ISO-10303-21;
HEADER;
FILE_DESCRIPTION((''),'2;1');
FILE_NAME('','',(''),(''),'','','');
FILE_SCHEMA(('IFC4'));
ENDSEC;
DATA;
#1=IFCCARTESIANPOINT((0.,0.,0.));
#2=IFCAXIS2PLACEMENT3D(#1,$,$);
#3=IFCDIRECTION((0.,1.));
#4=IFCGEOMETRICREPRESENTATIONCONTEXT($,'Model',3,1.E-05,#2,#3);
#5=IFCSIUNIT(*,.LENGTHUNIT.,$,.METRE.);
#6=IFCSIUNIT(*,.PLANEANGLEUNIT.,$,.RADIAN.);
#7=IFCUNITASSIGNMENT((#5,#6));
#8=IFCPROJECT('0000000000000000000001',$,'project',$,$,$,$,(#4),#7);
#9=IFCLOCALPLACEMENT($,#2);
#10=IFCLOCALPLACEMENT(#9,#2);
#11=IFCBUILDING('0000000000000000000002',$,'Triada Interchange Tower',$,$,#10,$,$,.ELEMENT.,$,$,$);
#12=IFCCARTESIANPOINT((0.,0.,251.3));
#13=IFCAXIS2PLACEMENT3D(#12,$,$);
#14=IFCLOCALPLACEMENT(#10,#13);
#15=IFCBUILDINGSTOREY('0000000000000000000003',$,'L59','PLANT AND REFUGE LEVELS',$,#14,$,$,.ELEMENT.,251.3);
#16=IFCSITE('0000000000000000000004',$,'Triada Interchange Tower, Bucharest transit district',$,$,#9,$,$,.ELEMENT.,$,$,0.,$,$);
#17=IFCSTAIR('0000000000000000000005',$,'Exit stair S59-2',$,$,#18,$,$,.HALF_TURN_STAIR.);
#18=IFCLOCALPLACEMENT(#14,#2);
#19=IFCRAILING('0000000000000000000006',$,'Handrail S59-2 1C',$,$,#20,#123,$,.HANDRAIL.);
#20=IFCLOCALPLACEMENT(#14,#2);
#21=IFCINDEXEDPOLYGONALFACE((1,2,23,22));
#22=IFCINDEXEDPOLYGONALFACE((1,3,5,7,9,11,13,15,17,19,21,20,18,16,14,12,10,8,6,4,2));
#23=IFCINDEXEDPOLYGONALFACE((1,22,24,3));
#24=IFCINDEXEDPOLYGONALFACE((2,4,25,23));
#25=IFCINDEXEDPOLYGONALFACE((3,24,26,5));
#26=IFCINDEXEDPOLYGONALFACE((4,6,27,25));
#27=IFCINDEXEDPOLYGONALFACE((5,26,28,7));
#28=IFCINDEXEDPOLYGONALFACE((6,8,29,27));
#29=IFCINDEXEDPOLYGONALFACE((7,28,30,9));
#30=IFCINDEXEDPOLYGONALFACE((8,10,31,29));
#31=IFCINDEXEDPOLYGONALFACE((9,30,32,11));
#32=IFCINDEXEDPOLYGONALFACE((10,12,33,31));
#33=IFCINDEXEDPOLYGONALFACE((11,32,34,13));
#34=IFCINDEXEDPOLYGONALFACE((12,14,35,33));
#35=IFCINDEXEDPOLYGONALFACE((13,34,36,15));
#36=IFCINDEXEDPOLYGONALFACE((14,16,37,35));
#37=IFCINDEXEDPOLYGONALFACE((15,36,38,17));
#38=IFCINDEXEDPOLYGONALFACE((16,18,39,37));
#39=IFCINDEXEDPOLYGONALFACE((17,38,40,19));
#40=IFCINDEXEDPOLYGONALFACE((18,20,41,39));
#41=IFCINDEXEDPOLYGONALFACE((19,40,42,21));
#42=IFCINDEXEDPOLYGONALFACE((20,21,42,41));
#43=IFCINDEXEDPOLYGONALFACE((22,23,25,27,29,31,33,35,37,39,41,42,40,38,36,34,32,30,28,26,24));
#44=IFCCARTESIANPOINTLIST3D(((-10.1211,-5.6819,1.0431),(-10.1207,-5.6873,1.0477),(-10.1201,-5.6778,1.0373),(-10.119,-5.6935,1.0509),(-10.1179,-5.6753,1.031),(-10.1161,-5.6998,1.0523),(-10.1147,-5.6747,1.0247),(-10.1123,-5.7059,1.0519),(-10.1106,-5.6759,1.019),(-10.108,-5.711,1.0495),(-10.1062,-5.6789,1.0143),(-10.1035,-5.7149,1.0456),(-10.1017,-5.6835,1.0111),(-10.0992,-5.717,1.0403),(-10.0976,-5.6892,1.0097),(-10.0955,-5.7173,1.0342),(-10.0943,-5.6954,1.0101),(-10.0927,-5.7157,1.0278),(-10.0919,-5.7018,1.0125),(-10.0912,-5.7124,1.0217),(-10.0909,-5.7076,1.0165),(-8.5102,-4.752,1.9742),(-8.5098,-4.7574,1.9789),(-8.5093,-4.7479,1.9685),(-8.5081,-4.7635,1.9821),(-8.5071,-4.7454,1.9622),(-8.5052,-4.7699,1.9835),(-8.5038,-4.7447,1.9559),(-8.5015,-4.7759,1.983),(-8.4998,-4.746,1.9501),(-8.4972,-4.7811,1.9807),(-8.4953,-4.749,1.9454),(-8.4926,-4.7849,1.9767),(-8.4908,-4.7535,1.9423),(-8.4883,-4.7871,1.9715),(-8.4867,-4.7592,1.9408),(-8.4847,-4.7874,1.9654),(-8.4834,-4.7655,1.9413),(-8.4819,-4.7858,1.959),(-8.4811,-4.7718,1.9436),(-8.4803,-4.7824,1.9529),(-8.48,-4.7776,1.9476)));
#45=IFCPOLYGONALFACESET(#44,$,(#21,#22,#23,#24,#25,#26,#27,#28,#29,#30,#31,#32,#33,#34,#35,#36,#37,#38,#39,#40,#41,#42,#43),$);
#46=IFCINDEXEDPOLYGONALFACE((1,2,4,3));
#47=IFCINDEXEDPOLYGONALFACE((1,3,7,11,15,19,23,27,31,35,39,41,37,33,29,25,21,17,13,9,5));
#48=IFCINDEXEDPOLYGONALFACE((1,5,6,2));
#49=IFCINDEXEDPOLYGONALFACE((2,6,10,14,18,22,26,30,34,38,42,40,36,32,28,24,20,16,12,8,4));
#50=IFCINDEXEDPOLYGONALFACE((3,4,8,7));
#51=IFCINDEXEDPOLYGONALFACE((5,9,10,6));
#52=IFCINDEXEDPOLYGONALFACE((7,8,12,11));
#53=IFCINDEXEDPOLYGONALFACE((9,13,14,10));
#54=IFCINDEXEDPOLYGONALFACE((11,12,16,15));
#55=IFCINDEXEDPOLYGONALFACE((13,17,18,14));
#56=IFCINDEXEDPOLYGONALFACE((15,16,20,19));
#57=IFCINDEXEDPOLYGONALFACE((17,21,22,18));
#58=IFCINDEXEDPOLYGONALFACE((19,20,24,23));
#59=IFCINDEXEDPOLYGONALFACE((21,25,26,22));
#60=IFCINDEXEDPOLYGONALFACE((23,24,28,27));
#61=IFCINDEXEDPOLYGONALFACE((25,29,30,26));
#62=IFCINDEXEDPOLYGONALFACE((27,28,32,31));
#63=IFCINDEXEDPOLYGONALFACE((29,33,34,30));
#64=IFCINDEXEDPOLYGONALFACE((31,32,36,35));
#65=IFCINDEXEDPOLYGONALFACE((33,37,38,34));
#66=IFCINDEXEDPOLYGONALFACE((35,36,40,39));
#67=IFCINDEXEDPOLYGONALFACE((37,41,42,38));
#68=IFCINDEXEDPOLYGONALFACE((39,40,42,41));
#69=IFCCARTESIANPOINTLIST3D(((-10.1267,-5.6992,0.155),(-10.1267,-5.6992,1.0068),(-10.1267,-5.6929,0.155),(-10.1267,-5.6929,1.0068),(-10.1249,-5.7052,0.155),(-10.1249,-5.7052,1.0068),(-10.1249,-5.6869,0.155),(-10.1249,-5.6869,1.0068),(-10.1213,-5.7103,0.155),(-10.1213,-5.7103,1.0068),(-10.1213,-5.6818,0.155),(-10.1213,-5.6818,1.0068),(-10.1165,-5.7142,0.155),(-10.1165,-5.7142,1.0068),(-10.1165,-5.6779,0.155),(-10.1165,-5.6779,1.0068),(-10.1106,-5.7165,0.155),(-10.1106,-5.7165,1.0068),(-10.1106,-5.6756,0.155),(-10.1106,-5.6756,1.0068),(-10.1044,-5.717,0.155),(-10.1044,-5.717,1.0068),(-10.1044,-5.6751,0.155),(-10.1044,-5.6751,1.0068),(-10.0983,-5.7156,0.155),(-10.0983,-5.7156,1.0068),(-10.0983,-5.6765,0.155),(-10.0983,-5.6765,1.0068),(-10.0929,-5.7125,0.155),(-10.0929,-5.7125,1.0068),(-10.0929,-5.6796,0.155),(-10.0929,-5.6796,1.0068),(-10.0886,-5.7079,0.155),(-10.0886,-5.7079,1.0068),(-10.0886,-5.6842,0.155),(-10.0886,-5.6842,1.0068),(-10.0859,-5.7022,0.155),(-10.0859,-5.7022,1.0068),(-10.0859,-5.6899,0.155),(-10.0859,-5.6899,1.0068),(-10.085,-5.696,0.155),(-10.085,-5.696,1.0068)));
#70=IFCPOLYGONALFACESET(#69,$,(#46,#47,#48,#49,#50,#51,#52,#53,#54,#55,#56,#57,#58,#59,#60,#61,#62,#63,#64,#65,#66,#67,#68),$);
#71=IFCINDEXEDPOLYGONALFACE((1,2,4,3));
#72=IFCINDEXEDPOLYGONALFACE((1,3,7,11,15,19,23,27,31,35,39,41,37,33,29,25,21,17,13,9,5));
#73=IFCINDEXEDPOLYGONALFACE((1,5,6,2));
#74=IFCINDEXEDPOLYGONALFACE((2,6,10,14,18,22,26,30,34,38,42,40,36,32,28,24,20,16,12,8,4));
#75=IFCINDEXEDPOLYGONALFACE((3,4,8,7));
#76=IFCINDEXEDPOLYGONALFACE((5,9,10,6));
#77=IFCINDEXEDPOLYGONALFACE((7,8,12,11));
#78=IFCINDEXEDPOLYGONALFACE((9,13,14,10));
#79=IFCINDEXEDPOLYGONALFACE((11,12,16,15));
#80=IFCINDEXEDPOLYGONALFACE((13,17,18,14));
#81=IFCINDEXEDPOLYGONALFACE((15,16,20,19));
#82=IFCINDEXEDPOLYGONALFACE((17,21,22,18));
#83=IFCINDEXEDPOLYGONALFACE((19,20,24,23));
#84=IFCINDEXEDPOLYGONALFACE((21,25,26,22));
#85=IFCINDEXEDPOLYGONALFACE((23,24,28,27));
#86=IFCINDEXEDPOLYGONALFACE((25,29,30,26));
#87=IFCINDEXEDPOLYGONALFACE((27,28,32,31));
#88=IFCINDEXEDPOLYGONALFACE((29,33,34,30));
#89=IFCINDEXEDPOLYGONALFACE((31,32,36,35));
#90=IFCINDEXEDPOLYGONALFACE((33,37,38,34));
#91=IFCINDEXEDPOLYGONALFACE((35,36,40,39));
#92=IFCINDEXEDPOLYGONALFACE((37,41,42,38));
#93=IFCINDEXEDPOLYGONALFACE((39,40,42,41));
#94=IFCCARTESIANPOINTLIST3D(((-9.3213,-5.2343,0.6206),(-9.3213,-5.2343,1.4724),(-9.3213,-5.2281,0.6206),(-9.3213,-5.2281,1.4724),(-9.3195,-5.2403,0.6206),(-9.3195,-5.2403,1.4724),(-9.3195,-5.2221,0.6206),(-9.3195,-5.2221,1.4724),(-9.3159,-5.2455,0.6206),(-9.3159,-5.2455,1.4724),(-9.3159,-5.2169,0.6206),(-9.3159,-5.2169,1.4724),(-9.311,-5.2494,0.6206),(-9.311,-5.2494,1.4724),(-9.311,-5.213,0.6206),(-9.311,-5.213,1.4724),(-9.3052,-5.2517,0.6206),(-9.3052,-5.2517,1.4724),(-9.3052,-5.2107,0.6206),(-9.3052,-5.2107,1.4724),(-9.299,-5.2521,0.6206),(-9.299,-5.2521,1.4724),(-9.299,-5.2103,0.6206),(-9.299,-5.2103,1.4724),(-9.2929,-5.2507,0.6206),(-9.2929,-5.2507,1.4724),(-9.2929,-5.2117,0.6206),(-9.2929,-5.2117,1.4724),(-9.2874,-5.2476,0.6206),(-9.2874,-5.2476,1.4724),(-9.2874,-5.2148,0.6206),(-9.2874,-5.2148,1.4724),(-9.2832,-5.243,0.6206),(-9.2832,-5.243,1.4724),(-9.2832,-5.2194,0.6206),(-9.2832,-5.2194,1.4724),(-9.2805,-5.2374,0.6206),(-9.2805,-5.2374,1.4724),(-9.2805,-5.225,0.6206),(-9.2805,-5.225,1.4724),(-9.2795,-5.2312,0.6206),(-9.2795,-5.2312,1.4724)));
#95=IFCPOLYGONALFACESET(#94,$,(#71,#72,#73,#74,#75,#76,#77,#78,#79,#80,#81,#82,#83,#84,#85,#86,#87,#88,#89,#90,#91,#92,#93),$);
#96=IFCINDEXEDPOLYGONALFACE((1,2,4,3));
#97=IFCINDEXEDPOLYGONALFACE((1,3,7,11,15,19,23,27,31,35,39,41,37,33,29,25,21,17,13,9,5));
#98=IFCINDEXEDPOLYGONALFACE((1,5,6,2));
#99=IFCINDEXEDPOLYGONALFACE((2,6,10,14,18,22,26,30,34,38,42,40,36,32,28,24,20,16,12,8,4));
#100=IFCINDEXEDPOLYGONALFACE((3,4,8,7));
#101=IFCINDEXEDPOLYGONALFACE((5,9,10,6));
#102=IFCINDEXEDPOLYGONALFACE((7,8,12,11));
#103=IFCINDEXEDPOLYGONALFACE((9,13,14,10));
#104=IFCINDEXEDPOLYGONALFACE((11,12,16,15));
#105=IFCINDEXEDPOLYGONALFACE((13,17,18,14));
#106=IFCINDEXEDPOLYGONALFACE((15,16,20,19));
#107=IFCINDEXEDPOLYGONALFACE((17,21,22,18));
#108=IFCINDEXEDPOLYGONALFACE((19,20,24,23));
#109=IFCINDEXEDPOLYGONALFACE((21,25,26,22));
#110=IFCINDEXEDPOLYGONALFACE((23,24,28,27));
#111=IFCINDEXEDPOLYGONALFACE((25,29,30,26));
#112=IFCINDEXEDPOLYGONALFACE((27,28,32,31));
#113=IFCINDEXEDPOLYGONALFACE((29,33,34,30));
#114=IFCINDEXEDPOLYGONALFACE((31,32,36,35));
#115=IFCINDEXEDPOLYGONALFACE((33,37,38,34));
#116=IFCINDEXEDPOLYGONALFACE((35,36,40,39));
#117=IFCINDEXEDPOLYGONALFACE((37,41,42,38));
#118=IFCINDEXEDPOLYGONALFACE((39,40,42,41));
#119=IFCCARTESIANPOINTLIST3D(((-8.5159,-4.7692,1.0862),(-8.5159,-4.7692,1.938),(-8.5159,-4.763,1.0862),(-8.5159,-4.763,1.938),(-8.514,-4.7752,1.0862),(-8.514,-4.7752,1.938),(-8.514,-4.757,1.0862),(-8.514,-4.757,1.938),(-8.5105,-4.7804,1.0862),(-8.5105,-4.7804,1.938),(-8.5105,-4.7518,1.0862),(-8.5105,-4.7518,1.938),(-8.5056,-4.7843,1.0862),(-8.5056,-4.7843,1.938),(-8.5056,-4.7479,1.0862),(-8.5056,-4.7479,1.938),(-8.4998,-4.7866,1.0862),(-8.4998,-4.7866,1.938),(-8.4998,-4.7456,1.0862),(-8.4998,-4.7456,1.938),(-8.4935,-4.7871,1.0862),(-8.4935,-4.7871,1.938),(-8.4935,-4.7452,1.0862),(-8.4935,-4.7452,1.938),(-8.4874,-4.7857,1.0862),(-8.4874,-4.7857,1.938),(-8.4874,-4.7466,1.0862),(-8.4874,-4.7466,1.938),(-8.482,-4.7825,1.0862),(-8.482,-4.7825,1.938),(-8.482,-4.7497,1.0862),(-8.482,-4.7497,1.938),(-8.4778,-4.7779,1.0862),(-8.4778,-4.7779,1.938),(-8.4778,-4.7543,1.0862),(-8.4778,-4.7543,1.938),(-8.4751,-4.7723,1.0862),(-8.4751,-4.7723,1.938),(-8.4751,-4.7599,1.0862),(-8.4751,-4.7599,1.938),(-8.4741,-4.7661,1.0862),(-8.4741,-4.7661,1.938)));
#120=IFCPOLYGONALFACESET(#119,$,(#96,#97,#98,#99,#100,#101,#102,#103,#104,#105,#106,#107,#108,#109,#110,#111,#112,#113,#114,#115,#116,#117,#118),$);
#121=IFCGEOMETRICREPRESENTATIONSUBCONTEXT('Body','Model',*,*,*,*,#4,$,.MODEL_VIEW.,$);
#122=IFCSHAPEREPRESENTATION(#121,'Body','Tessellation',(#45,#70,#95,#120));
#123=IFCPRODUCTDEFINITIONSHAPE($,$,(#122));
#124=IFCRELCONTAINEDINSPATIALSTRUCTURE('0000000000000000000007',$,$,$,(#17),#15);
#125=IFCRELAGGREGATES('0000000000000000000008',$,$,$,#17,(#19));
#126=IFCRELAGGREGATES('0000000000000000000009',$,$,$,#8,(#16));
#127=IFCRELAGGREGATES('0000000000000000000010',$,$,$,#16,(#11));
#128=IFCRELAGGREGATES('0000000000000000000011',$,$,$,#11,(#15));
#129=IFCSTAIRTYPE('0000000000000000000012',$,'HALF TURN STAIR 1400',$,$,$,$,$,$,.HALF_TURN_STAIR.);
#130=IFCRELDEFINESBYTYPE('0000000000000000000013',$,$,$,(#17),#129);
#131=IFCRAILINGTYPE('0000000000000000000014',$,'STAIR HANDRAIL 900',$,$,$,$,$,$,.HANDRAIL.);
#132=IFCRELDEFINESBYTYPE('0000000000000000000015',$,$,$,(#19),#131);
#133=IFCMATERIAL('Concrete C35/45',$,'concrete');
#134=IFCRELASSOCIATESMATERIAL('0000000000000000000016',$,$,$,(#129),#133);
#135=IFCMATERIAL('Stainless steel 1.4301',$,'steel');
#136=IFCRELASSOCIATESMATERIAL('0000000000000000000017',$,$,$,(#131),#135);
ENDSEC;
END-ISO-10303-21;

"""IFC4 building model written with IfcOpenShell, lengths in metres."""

from ifc_helpers import new_model, si_unit, direction, frame, origin, origin_2d, place, context, subcontext, project, spatial, circle, extrude, material, type_object, element, aggregate, save


model = new_model("IFC4")

# Units and contexts
model_context = context("Model", 3, precision=1e-05, world=origin(), true_north=direction((0.0, 1.0)))
body_context = subcontext(model_context, "Body", "Model", "MODEL_VIEW")
ifc_project = project(units=[si_unit("LENGTHUNIT", "METRE"), si_unit("PLANEANGLEUNIT", "RADIAN")], contexts=[model_context])

# Site, building, storey
site_placement = place(None, origin())
site = spatial("IfcSite", under=ifc_project, at=site_placement, Name="Triada Interchange Tower, Bucharest transit district", CompositionType="ELEMENT", RefElevation=0.0)
building_placement = place(site_placement, origin())
building = spatial("IfcBuilding", under=site, at=building_placement, Name="Triada Interchange Tower", CompositionType="ELEMENT")
storey_placement = place(building_placement, frame((0.0, 0.0, 251.3)))
storey = spatial("IfcBuildingStorey", under=building, at=storey_placement, Name="L59", Description="PLANT AND REFUGE LEVELS", CompositionType="ELEMENT", Elevation=251.3)

# Shared definitions
ifc_material_1 = material(Name="Concrete C35/45", Category="concrete")

# Stair, railing
stair_type = type_object("IfcStairType", Name="HALF TURN STAIR 1400", PredefinedType="HALF_TURN_STAIR", material=ifc_material_1)
stair_placement = place(storey_placement, origin())
stair = element("IfcStair", 1, at=stair_placement, inside=storey, type_object=stair_type, Name="Exit stair S59-2", PredefinedType="HALF_TURN_STAIR")
ifc_material_2 = material(Name="Stainless steel 1.4301", Category="steel")
railing_type_1 = type_object("IfcRailingType", Name="STAIR HANDRAIL 900", PredefinedType="HANDRAIL", material=ifc_material_2)
railing_1_placement = place(storey_placement, frame((-10.106, -5.696, 0.155)))
railing_1 = element("IfcRailing", 2, at=railing_1_placement, type_object=railing_type_1, Name="Handrail S59-2 1C", PredefinedType="HANDRAIL", context=body_context, shape_type="SweptSolid", body=[
    extrude(circle(Radius=0.0239, at=origin_2d()), frame((0.0, 0.0, 0.876), z_axis=(0.774422, 0.447071, 0.447658), x_axis=(-0.499965, 0.866046, 0.0)), (0.0, 0.0, 1.0), 2.0801),
    extrude(circle(Radius=0.021, at=origin_2d()), origin(), (0.0, 0.0, 1.0), 0.8518),
    extrude(circle(Radius=0.021, at=origin_2d()), frame((0.8054, 0.4648, 0.4656)), (0.0, 0.0, 1.0), 0.8518),
    extrude(circle(Radius=0.021, at=origin_2d()), frame((1.6108, 0.9299, 0.9312)), (0.0, 0.0, 1.0), 0.8518),
])
aggregate(stair, [railing_1])

save(model, "model.ifc")
